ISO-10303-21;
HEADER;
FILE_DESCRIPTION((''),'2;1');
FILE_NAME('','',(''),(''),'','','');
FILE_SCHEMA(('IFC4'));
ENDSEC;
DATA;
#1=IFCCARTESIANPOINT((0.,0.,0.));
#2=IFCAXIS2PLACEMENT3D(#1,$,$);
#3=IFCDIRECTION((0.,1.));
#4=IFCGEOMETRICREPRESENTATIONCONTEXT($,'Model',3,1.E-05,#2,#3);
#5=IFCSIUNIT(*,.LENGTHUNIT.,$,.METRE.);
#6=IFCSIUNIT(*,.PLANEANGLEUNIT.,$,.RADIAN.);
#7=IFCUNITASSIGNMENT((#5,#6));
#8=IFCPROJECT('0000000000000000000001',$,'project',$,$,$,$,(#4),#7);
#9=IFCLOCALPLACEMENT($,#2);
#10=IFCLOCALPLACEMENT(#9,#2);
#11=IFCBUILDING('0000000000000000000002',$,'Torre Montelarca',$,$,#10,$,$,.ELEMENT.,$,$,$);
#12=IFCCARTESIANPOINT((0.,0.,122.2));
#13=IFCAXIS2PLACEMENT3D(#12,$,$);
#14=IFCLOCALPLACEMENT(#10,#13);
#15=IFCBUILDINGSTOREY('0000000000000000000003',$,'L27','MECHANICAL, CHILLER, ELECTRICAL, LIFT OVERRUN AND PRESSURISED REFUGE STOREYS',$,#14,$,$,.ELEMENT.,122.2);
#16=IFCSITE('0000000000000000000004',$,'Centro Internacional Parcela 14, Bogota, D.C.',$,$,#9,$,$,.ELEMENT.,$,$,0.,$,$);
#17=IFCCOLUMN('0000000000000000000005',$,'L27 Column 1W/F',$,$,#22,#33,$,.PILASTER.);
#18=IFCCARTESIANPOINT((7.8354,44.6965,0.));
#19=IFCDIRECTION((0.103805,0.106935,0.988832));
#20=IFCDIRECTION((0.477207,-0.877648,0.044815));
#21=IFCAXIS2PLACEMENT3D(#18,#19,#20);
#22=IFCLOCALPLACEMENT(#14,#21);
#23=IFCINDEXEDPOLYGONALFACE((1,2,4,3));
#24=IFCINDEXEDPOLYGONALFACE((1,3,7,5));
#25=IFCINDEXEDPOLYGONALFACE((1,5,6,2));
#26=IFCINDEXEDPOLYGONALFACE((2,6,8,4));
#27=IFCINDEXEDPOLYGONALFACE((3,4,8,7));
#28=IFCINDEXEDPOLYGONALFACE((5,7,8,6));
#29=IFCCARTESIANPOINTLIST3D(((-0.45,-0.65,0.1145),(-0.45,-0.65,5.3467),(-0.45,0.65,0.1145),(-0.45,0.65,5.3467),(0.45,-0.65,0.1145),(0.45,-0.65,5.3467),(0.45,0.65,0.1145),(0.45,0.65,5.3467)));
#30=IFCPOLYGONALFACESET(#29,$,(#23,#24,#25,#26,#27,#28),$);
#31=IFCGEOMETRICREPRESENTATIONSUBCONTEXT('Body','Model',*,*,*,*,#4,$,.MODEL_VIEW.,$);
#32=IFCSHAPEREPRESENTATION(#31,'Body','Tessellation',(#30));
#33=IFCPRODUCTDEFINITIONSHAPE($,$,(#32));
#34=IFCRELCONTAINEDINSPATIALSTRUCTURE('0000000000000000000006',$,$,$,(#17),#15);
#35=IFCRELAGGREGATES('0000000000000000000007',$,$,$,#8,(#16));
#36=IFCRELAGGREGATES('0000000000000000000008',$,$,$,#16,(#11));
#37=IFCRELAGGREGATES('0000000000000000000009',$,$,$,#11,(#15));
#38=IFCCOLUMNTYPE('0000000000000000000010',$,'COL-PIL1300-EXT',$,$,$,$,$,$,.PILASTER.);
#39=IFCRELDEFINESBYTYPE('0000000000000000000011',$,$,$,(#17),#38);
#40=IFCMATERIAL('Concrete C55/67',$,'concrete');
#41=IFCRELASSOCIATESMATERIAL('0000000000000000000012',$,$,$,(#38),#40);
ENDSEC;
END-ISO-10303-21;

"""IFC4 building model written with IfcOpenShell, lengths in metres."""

from ifc_helpers import new_model, si_unit, direction, frame, origin, origin_2d, place, context, subcontext, project, spatial, rectangle, extrude, clip, halfspace, material, material_profile, profile_set, type_object, element, save


model = new_model("IFC4")

# Units and contexts
model_context = context("Model", 3, precision=1e-05, world=origin(), true_north=direction((0.0, 1.0)))
body_context = subcontext(model_context, "Body", "Model", "MODEL_VIEW")
ifc_project = project(units=[si_unit("LENGTHUNIT", "METRE"), si_unit("PLANEANGLEUNIT", "RADIAN")], contexts=[model_context])

# Site, building, storey
site_placement = place(None, origin())
site = spatial("IfcSite", under=ifc_project, at=site_placement, Name="Centro Internacional Parcela 14, Bogota, D.C.", CompositionType="ELEMENT", RefElevation=0.0)
building_placement = place(site_placement, origin())
building = spatial("IfcBuilding", under=site, at=building_placement, Name="Torre Montelarca", CompositionType="ELEMENT")
storey_placement = place(building_placement, frame((0.0, 0.0, 122.2)))
storey = spatial("IfcBuildingStorey", under=building, at=storey_placement, Name="L27", Description="MECHANICAL, CHILLER, ELECTRICAL, LIFT OVERRUN AND PRESSURISED REFUGE STOREYS", CompositionType="ELEMENT", Elevation=122.2)

# Column
ifc_material_1 = material(Name="Concrete C55/67", Category="concrete")
ifc_material_profile_1 = material_profile(ifc_material_1, rectangle(XDim=0.8999, YDim=1.3, at=origin_2d()), Name="RC1300X900", Category="concrete")
ifc_profile_set_1 = profile_set([ifc_material_profile_1], Name="Concrete C55/67")
column_type = type_object("IfcColumnType", Name="COL-PIL1300-EXT", PredefinedType="PILASTER", material=ifc_profile_set_1)
column_placement = place(storey_placement, frame((7.8354, 44.6965, 0.0), z_axis=(0.103805, 0.106935, 0.988832), x_axis=(0.477207, -0.877648, 0.044815)))
element("IfcColumn", 1, at=column_placement, inside=storey, type_object=column_type, Name="L27 Column 1W/F", PredefinedType="PILASTER", context=body_context, shape_type="Clipping", body=[
    clip(clip(extrude(rectangle(XDim=0.8999, YDim=1.3, at=origin_2d()), origin(), (0.0, 0.0, 1.0), 5.4612), halfspace(frame((0.0, 0.0, 0.1145), z_axis=(0.0, 0.0, -1.0), x_axis=(1.0, 0.0, 0.0)), False)), halfspace(frame((0.0, 0.0, 5.3467), z_axis=(0.0, 0.0, 1.0), x_axis=(1.0, 0.0, 0.0)), False)),
])

save(model, "model.ifc")
